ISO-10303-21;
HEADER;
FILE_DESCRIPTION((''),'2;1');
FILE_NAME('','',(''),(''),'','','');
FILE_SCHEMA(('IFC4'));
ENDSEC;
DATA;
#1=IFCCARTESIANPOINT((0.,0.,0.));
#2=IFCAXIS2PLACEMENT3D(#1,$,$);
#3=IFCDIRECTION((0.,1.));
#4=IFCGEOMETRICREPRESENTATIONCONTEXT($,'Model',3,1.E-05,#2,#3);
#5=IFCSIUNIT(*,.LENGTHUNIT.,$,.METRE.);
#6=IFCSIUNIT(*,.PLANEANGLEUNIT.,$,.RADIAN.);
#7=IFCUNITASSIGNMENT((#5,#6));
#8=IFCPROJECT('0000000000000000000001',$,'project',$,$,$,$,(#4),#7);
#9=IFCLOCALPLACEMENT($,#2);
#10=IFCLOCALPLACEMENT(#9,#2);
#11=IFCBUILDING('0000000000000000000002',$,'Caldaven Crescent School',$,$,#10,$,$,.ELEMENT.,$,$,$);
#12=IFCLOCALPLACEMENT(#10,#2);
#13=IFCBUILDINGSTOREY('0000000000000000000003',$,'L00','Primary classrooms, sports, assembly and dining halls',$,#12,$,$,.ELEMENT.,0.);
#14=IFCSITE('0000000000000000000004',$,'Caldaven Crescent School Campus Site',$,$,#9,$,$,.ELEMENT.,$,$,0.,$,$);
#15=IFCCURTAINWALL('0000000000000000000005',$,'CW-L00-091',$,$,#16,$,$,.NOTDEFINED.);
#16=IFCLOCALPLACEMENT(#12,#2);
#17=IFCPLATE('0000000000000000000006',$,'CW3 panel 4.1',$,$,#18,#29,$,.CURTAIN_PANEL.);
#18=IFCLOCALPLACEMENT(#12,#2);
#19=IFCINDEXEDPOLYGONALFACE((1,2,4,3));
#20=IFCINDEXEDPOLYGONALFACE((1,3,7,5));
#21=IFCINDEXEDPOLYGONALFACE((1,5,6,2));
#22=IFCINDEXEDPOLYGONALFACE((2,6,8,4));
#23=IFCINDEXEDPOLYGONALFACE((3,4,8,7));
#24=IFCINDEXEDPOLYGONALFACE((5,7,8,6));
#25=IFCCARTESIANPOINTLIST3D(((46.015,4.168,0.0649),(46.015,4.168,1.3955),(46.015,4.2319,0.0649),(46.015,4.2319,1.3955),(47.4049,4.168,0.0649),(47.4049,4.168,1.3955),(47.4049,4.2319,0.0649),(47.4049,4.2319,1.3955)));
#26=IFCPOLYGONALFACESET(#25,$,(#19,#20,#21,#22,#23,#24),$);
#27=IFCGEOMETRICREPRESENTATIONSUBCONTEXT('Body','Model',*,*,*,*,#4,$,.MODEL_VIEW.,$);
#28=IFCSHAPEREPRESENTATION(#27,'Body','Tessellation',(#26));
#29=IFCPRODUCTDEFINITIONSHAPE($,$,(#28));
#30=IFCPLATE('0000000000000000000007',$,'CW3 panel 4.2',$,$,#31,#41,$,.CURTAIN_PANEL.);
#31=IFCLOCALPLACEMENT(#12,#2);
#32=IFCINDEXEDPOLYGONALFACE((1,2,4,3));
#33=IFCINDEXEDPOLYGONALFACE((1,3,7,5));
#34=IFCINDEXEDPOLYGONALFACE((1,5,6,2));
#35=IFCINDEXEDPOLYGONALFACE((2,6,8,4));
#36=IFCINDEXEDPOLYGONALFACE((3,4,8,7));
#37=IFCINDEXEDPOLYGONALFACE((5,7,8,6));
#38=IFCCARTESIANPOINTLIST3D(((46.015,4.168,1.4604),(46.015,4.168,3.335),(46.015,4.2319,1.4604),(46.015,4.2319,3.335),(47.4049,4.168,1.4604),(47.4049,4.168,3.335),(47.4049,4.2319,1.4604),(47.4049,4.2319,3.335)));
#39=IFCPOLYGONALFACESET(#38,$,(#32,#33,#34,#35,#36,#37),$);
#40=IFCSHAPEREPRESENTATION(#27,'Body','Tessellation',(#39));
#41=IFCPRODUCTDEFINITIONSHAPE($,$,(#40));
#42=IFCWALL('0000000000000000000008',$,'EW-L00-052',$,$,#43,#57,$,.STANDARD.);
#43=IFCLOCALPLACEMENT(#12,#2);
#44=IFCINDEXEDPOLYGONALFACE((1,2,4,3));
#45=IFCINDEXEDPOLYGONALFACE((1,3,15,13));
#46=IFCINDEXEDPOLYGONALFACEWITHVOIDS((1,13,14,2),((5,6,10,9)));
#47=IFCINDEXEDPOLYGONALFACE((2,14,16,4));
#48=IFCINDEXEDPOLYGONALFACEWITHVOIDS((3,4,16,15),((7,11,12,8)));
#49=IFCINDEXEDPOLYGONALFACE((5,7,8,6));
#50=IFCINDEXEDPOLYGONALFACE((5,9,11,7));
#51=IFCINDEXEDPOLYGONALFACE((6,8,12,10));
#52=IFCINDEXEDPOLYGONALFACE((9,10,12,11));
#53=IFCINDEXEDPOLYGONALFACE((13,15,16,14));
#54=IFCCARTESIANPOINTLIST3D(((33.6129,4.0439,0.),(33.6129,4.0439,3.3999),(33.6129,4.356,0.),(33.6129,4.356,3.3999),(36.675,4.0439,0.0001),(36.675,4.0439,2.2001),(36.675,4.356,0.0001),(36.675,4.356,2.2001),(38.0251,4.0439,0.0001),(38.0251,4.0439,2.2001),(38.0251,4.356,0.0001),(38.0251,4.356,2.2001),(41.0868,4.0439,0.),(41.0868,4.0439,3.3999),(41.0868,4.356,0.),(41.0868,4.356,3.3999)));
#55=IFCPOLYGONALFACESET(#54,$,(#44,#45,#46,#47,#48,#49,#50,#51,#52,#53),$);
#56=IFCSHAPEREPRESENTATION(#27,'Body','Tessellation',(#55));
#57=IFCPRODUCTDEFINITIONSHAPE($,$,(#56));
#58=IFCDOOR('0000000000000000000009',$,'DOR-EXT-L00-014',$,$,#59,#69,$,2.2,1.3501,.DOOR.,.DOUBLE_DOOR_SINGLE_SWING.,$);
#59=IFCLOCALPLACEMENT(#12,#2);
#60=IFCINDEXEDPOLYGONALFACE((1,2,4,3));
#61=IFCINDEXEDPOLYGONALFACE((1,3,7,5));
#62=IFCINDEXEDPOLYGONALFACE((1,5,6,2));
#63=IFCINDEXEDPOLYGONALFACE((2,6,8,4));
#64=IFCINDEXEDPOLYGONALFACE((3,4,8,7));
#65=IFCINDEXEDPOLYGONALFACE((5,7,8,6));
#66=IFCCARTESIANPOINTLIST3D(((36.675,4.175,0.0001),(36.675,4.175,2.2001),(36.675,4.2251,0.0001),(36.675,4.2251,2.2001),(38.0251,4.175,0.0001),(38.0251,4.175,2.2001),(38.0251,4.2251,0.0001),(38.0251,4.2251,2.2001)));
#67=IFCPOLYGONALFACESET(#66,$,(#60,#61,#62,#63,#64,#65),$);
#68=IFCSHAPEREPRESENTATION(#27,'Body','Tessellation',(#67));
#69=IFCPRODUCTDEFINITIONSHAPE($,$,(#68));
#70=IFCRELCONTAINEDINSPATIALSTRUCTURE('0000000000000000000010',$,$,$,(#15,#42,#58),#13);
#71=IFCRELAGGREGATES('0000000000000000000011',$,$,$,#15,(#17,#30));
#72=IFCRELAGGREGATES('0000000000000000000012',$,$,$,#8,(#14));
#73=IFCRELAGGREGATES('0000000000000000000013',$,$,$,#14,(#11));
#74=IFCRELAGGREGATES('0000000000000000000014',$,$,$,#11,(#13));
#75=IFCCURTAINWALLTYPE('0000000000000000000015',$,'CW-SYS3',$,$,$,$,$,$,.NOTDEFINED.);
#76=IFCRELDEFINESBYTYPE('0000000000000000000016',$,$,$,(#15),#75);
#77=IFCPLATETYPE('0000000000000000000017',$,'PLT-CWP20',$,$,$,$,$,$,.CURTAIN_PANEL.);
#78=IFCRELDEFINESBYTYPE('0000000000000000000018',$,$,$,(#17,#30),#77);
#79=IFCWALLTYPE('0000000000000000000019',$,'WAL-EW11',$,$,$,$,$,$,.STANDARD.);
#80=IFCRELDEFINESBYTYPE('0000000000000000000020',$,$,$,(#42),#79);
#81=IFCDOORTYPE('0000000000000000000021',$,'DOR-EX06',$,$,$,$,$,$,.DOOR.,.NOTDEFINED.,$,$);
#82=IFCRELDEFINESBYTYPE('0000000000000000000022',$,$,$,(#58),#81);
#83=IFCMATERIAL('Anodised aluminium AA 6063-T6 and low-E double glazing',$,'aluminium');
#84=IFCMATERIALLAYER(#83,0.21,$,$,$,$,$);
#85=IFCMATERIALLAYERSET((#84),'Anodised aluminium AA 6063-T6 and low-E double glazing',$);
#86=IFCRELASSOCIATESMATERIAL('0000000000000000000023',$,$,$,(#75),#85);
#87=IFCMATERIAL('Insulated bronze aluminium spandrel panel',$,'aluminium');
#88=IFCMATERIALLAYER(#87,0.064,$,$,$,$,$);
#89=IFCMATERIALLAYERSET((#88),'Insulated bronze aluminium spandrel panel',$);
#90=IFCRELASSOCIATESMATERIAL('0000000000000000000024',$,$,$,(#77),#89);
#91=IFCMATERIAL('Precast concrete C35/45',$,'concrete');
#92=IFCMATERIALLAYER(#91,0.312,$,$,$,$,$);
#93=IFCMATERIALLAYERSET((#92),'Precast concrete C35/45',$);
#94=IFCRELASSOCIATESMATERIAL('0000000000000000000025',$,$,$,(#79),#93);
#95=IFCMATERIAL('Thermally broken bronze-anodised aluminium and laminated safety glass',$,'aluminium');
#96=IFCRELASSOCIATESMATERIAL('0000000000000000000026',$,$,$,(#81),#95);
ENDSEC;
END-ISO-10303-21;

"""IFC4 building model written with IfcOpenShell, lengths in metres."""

from ifc_helpers import new_model, si_unit, direction, frame, frame_2d, origin, origin_2d, place, context, subcontext, project, spatial, rectangle, extrude, material, layer, layer_set, type_object, element, fill, aggregate, save


model = new_model("IFC4")

# Units and contexts
model_context = context("Model", 3, precision=1e-05, world=origin(), true_north=direction((0.0, 1.0)))
body_context = subcontext(model_context, "Body", "Model", "MODEL_VIEW")
ifc_project = project(units=[si_unit("LENGTHUNIT", "METRE"), si_unit("PLANEANGLEUNIT", "RADIAN")], contexts=[model_context])

# Site, building, storey
site_placement = place(None, origin())
site = spatial("IfcSite", under=ifc_project, at=site_placement, Name="Caldaven Crescent School Campus Site", CompositionType="ELEMENT", RefElevation=0.0)
building_placement = place(site_placement, origin())
building = spatial("IfcBuilding", under=site, at=building_placement, Name="Caldaven Crescent School", CompositionType="ELEMENT")
storey_placement = place(building_placement, origin())
storey = spatial("IfcBuildingStorey", under=building, at=storey_placement, Name="L00", Description="Primary classrooms, sports, assembly and dining halls", CompositionType="ELEMENT", Elevation=0.0)

# Curtain wall, plates
ifc_material_1 = material(Name="Anodised aluminium AA 6063-T6 and low-E double glazing", Category="aluminium")
ifc_layer_1 = layer(ifc_material_1, 0.21)
ifc_layer_set_1 = layer_set([ifc_layer_1], Name="Anodised aluminium AA 6063-T6 and low-E double glazing")
curtain_wall_type = type_object("IfcCurtainWallType", Name="CW-SYS3", PredefinedType="NOTDEFINED", material=ifc_layer_set_1)
curtain_wall_placement = place(storey_placement, origin())
curtain_wall = element("IfcCurtainWall", 1, at=curtain_wall_placement, inside=storey, type_object=curtain_wall_type, Name="CW-L00-091", PredefinedType="NOTDEFINED")
ifc_material_2 = material(Name="Insulated bronze aluminium spandrel panel", Category="aluminium")
ifc_layer_2 = layer(ifc_material_2, 0.064)
ifc_layer_set_2 = layer_set([ifc_layer_2], Name="Insulated bronze aluminium spandrel panel")
plate_type = type_object("IfcPlateType", Name="PLT-CWP20", PredefinedType="CURTAIN_PANEL", material=ifc_layer_set_2)
plate_1_placement = place(storey_placement, frame((46.71, 4.2, 0.0649), z_axis=(0.0, 0.0, 1.0), x_axis=(1.0, 0.0, 0.0)))
plate_1 = element("IfcPlate", 2, at=plate_1_placement, type_object=plate_type, Name="CW3 panel 4.1", PredefinedType="CURTAIN_PANEL", context=body_context, shape_type="SweptSolid", body=[
    extrude(rectangle(XDim=1.3899, YDim=0.064, at=origin_2d()), origin(), (0.0, 0.0, 1.0), 1.3306),
])
plate_2_placement = place(storey_placement, frame((46.71, 4.2, 1.4604), z_axis=(0.0, 0.0, 1.0), x_axis=(1.0, 0.0, 0.0)))
plate_2 = element("IfcPlate", 3, at=plate_2_placement, type_object=plate_type, Name="CW3 panel 4.2", PredefinedType="CURTAIN_PANEL", context=body_context, shape_type="SweptSolid", body=[
    extrude(rectangle(XDim=1.3899, YDim=0.064, at=origin_2d()), origin(), (0.0, 0.0, 1.0), 1.8745),
])
aggregate(curtain_wall, [plate_1, plate_2])

# Wall, opening, door
ifc_material_3 = material(Name="Precast concrete C35/45", Category="concrete")
ifc_layer_3 = layer(ifc_material_3, 0.312)
ifc_layer_set_3 = layer_set([ifc_layer_3], Name="Precast concrete C35/45")
wall_type = type_object("IfcWallType", Name="WAL-EW11", PredefinedType="STANDARD", material=ifc_layer_set_3)
wall_placement = place(storey_placement, frame((33.613, 4.2, 0.0), z_axis=(0.0, 0.0, 1.0), x_axis=(1.0, 0.0, 0.0)))
wall = element("IfcWall", 4, at=wall_placement, inside=storey, type_object=wall_type, Name="EW-L00-052", PredefinedType="STANDARD", context=body_context, shape_type="SweptSolid", body=[
    extrude(rectangle(XDim=7.4739, YDim=0.312, at=frame_2d((3.7368, 0.0))), origin(), (0.0, 0.0, 1.0), 3.3999),
])
opening_placement = place(wall_placement, frame((3.062, 0.0, 0.0)))
opening = element("IfcOpeningElement", 5, at=opening_placement, cuts=wall, PredefinedType="OPENING", context=body_context, shape_type="SweptSolid", body=[
    extrude(rectangle(XDim=1.3501, YDim=2.2, at=frame_2d((0.675, 1.1001))), frame((0.0, 0.166, 0.0), z_axis=(0.0, -1.0, 0.0), x_axis=(1.0, 0.0, 0.0)), (0.0, 0.0, 1.0), 0.332),
])
ifc_material_4 = material(Name="Thermally broken bronze-anodised aluminium and laminated safety glass", Category="aluminium")
door_type = type_object("IfcDoorType", Name="DOR-EX06", OperationType="NOTDEFINED", PredefinedType="DOOR", material=ifc_material_4)
door_placement = place(opening_placement, frame((1.3501, 0.0, 0.0), z_axis=(0.0, 0.0, 1.0), x_axis=(-1.0, 0.0, 0.0)))
door = element("IfcDoor", 6, at=door_placement, inside=storey, type_object=door_type, Name="DOR-EXT-L00-014", OperationType="DOUBLE_DOOR_SINGLE_SWING", OverallHeight=2.2, OverallWidth=1.3501, PredefinedType="DOOR", context=body_context, shape_type="SweptSolid", body=[
    extrude(rectangle(XDim=1.3501, YDim=2.2, at=frame_2d((0.675, 1.1001))), frame((0.0, 0.0249, 0.0), z_axis=(0.0, -1.0, 0.0), x_axis=(1.0, 0.0, 0.0)), (0.0, 0.0, 1.0), 0.05),
])
fill(opening, door)

save(model, "model.ifc")
